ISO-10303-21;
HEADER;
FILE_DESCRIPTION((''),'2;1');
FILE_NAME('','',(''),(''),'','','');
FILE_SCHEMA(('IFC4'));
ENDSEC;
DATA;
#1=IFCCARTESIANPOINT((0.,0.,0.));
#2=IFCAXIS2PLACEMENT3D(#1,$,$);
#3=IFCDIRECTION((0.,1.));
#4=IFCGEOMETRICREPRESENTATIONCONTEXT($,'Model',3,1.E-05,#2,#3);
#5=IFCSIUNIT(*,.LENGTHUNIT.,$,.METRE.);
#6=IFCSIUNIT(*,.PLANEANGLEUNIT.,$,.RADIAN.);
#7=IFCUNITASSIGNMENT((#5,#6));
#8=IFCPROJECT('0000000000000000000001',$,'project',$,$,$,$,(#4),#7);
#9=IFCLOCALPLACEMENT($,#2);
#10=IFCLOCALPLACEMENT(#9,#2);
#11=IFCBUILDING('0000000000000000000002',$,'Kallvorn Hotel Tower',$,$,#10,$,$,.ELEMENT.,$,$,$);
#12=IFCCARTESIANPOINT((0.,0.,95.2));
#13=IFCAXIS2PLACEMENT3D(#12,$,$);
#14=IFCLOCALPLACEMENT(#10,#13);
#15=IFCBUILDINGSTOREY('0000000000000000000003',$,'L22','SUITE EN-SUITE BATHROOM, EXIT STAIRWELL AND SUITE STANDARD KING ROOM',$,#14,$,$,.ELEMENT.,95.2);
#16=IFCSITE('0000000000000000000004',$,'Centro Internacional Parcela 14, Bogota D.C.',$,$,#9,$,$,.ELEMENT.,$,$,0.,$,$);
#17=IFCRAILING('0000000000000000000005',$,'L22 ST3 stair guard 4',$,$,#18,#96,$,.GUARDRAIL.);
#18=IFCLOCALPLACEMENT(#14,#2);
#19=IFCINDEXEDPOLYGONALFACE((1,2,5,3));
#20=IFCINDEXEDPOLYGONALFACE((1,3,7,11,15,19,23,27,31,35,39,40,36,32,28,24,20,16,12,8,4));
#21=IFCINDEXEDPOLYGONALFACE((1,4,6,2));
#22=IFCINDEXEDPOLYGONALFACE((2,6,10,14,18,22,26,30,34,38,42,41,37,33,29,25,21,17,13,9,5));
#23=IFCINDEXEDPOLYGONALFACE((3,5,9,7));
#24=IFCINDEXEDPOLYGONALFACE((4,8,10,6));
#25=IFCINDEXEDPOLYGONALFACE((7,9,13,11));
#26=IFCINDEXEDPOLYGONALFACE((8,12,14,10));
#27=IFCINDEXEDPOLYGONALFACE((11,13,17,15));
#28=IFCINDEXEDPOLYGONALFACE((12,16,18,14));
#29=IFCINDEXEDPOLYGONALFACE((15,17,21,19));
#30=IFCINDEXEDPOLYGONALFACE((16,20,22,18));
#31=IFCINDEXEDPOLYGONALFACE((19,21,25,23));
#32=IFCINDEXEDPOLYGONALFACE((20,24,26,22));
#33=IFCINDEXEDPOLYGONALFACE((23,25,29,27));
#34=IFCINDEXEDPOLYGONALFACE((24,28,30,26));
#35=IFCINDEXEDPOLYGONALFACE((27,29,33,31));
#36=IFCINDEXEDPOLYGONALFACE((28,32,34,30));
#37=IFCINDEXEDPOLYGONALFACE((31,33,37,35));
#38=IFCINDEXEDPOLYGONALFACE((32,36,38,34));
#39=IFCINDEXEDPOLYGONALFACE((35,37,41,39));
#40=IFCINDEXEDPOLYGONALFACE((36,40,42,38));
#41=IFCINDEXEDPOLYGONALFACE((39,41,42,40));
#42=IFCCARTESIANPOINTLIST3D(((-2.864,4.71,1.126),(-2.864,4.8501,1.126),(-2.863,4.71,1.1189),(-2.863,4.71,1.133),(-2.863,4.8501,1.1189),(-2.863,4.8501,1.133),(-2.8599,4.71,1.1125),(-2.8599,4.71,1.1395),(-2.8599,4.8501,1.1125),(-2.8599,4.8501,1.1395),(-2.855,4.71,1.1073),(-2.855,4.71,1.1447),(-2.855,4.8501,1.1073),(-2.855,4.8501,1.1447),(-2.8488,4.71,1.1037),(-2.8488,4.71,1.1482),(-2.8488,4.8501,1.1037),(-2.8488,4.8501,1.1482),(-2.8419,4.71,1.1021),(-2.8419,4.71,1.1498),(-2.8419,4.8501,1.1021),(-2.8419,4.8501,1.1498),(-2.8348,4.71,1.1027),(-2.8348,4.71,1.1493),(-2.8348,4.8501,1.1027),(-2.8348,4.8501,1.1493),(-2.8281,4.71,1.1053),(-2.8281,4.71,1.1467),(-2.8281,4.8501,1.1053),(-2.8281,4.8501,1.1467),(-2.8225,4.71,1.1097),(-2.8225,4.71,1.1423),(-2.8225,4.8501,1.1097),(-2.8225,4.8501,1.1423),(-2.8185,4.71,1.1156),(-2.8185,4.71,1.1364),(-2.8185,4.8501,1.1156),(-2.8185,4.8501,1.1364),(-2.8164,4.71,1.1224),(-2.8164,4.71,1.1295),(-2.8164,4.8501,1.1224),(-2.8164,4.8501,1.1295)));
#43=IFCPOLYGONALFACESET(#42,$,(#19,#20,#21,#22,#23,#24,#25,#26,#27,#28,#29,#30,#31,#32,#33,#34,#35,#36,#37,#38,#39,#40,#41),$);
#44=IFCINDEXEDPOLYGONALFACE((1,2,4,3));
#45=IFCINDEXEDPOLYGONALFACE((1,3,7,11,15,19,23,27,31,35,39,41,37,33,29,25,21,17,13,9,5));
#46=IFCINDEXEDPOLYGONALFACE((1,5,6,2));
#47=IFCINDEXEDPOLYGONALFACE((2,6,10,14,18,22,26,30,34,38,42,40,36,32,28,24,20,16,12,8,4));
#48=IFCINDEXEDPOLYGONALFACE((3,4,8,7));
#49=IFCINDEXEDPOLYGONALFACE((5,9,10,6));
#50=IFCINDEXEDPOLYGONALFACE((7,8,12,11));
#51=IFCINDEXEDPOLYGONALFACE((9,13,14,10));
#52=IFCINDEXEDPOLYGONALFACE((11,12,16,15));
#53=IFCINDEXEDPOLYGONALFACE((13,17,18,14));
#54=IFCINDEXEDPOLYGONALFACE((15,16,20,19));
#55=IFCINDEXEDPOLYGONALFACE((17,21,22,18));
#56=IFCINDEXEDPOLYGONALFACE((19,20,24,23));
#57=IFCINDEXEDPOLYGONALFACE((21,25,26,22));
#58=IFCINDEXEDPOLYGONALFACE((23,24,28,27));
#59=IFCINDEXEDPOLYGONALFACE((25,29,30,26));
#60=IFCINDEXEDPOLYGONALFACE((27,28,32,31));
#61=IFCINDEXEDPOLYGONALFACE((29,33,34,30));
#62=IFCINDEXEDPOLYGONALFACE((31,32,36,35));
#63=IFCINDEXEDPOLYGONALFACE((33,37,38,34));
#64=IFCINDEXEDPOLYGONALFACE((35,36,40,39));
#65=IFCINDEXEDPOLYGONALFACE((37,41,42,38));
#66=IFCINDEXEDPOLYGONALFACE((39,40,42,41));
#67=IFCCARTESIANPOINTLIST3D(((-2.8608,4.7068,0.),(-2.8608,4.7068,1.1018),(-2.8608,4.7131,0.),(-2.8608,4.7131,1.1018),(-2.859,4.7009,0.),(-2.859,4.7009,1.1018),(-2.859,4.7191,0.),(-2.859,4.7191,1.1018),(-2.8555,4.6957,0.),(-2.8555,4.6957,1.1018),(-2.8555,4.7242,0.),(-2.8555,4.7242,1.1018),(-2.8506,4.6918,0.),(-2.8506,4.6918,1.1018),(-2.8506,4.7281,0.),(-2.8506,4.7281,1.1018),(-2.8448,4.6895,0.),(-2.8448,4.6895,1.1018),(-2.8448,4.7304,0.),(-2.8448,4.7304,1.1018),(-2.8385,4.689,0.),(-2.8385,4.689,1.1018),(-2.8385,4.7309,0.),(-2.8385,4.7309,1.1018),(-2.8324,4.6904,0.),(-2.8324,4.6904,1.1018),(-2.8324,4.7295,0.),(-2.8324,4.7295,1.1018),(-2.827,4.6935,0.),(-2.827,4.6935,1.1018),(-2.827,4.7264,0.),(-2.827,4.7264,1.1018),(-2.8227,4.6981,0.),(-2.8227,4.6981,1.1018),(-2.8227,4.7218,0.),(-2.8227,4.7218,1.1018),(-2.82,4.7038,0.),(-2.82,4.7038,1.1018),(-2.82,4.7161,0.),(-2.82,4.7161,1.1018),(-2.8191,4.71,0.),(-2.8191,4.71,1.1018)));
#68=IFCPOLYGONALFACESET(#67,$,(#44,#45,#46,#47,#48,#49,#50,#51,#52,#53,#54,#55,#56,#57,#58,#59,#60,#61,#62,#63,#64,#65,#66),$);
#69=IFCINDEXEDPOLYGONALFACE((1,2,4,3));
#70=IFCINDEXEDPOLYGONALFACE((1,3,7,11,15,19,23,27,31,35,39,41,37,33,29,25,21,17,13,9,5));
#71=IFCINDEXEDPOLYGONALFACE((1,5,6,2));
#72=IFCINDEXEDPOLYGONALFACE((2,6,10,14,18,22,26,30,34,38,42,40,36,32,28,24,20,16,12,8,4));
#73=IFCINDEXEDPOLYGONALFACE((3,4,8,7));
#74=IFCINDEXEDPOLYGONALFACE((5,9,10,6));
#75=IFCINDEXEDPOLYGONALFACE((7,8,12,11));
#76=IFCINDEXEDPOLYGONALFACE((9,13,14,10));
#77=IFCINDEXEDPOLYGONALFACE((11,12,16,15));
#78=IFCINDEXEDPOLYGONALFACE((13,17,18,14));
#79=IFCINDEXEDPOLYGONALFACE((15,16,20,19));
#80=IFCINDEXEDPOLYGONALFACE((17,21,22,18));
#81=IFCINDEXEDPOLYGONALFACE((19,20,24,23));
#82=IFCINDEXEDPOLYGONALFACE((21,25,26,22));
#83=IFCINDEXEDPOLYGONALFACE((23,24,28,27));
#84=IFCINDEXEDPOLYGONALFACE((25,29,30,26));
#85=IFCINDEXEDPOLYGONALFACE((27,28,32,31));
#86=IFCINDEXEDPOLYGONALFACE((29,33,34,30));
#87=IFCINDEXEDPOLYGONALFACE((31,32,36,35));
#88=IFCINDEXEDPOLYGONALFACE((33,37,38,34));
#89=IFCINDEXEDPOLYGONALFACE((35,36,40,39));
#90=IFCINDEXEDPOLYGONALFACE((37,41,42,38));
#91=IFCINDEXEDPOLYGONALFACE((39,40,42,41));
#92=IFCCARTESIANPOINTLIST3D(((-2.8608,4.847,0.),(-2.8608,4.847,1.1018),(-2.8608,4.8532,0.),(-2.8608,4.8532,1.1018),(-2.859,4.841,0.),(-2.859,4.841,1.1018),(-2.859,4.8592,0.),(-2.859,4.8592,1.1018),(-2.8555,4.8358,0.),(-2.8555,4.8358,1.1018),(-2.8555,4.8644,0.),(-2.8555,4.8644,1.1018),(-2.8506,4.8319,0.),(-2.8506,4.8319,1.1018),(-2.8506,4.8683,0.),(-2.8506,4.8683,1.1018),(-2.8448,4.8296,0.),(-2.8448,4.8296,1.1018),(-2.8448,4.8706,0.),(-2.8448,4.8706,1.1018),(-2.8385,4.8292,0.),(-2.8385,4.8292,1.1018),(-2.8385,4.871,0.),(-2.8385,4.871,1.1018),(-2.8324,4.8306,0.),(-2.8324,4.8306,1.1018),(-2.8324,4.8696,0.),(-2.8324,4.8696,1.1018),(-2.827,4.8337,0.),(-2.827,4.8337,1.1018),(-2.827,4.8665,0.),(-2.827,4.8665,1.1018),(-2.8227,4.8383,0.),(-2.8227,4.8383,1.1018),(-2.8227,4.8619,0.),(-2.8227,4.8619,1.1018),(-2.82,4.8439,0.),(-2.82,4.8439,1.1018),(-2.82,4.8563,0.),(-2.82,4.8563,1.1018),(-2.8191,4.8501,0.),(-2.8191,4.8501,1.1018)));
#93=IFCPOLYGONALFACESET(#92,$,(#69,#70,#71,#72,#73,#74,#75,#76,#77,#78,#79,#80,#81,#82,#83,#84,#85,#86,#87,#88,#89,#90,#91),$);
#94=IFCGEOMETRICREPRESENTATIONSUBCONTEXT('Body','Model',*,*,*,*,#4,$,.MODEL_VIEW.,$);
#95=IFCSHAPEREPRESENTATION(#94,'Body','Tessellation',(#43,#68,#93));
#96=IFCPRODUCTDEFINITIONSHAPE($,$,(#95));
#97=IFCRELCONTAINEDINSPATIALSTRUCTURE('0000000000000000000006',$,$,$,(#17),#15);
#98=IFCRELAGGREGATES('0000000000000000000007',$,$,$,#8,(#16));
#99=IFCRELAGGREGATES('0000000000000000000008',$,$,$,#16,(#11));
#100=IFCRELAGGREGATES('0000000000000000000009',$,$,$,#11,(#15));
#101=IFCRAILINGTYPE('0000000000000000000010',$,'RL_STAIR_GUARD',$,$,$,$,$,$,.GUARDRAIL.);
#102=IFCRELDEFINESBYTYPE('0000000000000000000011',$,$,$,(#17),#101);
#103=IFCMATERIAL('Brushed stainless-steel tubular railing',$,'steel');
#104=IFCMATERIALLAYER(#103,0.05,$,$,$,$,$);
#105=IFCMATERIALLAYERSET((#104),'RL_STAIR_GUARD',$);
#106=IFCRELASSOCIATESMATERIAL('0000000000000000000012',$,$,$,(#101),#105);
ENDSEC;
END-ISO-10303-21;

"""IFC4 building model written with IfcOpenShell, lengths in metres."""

from ifc_helpers import new_model, si_unit, direction, frame, origin, origin_2d, place, context, subcontext, project, spatial, circle, extrude, material, layer, layer_set, type_object, element, save


model = new_model("IFC4")

# Units and contexts
model_context = context("Model", 3, precision=1e-05, world=origin(), true_north=direction((0.0, 1.0)))
body_context = subcontext(model_context, "Body", "Model", "MODEL_VIEW")
ifc_project = project(units=[si_unit("LENGTHUNIT", "METRE"), si_unit("PLANEANGLEUNIT", "RADIAN")], contexts=[model_context])

# Site, building, storey
site_placement = place(None, origin())
site = spatial("IfcSite", under=ifc_project, at=site_placement, Name="Centro Internacional Parcela 14, Bogota D.C.", CompositionType="ELEMENT", RefElevation=0.0)
building_placement = place(site_placement, origin())
building = spatial("IfcBuilding", under=site, at=building_placement, Name="Kallvorn Hotel Tower", CompositionType="ELEMENT")
storey_placement = place(building_placement, frame((0.0, 0.0, 95.2)))
storey = spatial("IfcBuildingStorey", under=building, at=storey_placement, Name="L22", Description="SUITE EN-SUITE BATHROOM, EXIT STAIRWELL AND SUITE STANDARD KING ROOM", CompositionType="ELEMENT", Elevation=95.2)

# Railing
ifc_material_1 = material(Name="Brushed stainless-steel tubular railing", Category="steel")
ifc_layer_1 = layer(ifc_material_1, 0.05)
ifc_layer_set_1 = layer_set([ifc_layer_1], Name="RL_STAIR_GUARD")
railing_type_1 = type_object("IfcRailingType", Name="RL_STAIR_GUARD", PredefinedType="GUARDRAIL", material=ifc_layer_set_1)
railing_1_placement = place(storey_placement, frame((-2.8401, 4.71, 0.0)))
element("IfcRailing", 1, at=railing_1_placement, inside=storey, type_object=railing_type_1, Name="L22 ST3 stair guard 4", PredefinedType="GUARDRAIL", context=body_context, shape_type="SweptSolid", body=[
    extrude(circle(Radius=0.0239, at=origin_2d()), frame((0.0, 0.0, 1.126), z_axis=(0.0, 1.0, 0.0), x_axis=(-1.0, 0.0, 0.0)), (0.0, 0.0, 1.0), 0.1401),
    extrude(circle(Radius=0.021, at=origin_2d()), origin(), (0.0, 0.0, 1.0), 1.1018),
    extrude(circle(Radius=0.021, at=origin_2d()), frame((0.0, 0.1401, 0.0)), (0.0, 0.0, 1.0), 1.1018),
])

save(model, "model.ifc")
